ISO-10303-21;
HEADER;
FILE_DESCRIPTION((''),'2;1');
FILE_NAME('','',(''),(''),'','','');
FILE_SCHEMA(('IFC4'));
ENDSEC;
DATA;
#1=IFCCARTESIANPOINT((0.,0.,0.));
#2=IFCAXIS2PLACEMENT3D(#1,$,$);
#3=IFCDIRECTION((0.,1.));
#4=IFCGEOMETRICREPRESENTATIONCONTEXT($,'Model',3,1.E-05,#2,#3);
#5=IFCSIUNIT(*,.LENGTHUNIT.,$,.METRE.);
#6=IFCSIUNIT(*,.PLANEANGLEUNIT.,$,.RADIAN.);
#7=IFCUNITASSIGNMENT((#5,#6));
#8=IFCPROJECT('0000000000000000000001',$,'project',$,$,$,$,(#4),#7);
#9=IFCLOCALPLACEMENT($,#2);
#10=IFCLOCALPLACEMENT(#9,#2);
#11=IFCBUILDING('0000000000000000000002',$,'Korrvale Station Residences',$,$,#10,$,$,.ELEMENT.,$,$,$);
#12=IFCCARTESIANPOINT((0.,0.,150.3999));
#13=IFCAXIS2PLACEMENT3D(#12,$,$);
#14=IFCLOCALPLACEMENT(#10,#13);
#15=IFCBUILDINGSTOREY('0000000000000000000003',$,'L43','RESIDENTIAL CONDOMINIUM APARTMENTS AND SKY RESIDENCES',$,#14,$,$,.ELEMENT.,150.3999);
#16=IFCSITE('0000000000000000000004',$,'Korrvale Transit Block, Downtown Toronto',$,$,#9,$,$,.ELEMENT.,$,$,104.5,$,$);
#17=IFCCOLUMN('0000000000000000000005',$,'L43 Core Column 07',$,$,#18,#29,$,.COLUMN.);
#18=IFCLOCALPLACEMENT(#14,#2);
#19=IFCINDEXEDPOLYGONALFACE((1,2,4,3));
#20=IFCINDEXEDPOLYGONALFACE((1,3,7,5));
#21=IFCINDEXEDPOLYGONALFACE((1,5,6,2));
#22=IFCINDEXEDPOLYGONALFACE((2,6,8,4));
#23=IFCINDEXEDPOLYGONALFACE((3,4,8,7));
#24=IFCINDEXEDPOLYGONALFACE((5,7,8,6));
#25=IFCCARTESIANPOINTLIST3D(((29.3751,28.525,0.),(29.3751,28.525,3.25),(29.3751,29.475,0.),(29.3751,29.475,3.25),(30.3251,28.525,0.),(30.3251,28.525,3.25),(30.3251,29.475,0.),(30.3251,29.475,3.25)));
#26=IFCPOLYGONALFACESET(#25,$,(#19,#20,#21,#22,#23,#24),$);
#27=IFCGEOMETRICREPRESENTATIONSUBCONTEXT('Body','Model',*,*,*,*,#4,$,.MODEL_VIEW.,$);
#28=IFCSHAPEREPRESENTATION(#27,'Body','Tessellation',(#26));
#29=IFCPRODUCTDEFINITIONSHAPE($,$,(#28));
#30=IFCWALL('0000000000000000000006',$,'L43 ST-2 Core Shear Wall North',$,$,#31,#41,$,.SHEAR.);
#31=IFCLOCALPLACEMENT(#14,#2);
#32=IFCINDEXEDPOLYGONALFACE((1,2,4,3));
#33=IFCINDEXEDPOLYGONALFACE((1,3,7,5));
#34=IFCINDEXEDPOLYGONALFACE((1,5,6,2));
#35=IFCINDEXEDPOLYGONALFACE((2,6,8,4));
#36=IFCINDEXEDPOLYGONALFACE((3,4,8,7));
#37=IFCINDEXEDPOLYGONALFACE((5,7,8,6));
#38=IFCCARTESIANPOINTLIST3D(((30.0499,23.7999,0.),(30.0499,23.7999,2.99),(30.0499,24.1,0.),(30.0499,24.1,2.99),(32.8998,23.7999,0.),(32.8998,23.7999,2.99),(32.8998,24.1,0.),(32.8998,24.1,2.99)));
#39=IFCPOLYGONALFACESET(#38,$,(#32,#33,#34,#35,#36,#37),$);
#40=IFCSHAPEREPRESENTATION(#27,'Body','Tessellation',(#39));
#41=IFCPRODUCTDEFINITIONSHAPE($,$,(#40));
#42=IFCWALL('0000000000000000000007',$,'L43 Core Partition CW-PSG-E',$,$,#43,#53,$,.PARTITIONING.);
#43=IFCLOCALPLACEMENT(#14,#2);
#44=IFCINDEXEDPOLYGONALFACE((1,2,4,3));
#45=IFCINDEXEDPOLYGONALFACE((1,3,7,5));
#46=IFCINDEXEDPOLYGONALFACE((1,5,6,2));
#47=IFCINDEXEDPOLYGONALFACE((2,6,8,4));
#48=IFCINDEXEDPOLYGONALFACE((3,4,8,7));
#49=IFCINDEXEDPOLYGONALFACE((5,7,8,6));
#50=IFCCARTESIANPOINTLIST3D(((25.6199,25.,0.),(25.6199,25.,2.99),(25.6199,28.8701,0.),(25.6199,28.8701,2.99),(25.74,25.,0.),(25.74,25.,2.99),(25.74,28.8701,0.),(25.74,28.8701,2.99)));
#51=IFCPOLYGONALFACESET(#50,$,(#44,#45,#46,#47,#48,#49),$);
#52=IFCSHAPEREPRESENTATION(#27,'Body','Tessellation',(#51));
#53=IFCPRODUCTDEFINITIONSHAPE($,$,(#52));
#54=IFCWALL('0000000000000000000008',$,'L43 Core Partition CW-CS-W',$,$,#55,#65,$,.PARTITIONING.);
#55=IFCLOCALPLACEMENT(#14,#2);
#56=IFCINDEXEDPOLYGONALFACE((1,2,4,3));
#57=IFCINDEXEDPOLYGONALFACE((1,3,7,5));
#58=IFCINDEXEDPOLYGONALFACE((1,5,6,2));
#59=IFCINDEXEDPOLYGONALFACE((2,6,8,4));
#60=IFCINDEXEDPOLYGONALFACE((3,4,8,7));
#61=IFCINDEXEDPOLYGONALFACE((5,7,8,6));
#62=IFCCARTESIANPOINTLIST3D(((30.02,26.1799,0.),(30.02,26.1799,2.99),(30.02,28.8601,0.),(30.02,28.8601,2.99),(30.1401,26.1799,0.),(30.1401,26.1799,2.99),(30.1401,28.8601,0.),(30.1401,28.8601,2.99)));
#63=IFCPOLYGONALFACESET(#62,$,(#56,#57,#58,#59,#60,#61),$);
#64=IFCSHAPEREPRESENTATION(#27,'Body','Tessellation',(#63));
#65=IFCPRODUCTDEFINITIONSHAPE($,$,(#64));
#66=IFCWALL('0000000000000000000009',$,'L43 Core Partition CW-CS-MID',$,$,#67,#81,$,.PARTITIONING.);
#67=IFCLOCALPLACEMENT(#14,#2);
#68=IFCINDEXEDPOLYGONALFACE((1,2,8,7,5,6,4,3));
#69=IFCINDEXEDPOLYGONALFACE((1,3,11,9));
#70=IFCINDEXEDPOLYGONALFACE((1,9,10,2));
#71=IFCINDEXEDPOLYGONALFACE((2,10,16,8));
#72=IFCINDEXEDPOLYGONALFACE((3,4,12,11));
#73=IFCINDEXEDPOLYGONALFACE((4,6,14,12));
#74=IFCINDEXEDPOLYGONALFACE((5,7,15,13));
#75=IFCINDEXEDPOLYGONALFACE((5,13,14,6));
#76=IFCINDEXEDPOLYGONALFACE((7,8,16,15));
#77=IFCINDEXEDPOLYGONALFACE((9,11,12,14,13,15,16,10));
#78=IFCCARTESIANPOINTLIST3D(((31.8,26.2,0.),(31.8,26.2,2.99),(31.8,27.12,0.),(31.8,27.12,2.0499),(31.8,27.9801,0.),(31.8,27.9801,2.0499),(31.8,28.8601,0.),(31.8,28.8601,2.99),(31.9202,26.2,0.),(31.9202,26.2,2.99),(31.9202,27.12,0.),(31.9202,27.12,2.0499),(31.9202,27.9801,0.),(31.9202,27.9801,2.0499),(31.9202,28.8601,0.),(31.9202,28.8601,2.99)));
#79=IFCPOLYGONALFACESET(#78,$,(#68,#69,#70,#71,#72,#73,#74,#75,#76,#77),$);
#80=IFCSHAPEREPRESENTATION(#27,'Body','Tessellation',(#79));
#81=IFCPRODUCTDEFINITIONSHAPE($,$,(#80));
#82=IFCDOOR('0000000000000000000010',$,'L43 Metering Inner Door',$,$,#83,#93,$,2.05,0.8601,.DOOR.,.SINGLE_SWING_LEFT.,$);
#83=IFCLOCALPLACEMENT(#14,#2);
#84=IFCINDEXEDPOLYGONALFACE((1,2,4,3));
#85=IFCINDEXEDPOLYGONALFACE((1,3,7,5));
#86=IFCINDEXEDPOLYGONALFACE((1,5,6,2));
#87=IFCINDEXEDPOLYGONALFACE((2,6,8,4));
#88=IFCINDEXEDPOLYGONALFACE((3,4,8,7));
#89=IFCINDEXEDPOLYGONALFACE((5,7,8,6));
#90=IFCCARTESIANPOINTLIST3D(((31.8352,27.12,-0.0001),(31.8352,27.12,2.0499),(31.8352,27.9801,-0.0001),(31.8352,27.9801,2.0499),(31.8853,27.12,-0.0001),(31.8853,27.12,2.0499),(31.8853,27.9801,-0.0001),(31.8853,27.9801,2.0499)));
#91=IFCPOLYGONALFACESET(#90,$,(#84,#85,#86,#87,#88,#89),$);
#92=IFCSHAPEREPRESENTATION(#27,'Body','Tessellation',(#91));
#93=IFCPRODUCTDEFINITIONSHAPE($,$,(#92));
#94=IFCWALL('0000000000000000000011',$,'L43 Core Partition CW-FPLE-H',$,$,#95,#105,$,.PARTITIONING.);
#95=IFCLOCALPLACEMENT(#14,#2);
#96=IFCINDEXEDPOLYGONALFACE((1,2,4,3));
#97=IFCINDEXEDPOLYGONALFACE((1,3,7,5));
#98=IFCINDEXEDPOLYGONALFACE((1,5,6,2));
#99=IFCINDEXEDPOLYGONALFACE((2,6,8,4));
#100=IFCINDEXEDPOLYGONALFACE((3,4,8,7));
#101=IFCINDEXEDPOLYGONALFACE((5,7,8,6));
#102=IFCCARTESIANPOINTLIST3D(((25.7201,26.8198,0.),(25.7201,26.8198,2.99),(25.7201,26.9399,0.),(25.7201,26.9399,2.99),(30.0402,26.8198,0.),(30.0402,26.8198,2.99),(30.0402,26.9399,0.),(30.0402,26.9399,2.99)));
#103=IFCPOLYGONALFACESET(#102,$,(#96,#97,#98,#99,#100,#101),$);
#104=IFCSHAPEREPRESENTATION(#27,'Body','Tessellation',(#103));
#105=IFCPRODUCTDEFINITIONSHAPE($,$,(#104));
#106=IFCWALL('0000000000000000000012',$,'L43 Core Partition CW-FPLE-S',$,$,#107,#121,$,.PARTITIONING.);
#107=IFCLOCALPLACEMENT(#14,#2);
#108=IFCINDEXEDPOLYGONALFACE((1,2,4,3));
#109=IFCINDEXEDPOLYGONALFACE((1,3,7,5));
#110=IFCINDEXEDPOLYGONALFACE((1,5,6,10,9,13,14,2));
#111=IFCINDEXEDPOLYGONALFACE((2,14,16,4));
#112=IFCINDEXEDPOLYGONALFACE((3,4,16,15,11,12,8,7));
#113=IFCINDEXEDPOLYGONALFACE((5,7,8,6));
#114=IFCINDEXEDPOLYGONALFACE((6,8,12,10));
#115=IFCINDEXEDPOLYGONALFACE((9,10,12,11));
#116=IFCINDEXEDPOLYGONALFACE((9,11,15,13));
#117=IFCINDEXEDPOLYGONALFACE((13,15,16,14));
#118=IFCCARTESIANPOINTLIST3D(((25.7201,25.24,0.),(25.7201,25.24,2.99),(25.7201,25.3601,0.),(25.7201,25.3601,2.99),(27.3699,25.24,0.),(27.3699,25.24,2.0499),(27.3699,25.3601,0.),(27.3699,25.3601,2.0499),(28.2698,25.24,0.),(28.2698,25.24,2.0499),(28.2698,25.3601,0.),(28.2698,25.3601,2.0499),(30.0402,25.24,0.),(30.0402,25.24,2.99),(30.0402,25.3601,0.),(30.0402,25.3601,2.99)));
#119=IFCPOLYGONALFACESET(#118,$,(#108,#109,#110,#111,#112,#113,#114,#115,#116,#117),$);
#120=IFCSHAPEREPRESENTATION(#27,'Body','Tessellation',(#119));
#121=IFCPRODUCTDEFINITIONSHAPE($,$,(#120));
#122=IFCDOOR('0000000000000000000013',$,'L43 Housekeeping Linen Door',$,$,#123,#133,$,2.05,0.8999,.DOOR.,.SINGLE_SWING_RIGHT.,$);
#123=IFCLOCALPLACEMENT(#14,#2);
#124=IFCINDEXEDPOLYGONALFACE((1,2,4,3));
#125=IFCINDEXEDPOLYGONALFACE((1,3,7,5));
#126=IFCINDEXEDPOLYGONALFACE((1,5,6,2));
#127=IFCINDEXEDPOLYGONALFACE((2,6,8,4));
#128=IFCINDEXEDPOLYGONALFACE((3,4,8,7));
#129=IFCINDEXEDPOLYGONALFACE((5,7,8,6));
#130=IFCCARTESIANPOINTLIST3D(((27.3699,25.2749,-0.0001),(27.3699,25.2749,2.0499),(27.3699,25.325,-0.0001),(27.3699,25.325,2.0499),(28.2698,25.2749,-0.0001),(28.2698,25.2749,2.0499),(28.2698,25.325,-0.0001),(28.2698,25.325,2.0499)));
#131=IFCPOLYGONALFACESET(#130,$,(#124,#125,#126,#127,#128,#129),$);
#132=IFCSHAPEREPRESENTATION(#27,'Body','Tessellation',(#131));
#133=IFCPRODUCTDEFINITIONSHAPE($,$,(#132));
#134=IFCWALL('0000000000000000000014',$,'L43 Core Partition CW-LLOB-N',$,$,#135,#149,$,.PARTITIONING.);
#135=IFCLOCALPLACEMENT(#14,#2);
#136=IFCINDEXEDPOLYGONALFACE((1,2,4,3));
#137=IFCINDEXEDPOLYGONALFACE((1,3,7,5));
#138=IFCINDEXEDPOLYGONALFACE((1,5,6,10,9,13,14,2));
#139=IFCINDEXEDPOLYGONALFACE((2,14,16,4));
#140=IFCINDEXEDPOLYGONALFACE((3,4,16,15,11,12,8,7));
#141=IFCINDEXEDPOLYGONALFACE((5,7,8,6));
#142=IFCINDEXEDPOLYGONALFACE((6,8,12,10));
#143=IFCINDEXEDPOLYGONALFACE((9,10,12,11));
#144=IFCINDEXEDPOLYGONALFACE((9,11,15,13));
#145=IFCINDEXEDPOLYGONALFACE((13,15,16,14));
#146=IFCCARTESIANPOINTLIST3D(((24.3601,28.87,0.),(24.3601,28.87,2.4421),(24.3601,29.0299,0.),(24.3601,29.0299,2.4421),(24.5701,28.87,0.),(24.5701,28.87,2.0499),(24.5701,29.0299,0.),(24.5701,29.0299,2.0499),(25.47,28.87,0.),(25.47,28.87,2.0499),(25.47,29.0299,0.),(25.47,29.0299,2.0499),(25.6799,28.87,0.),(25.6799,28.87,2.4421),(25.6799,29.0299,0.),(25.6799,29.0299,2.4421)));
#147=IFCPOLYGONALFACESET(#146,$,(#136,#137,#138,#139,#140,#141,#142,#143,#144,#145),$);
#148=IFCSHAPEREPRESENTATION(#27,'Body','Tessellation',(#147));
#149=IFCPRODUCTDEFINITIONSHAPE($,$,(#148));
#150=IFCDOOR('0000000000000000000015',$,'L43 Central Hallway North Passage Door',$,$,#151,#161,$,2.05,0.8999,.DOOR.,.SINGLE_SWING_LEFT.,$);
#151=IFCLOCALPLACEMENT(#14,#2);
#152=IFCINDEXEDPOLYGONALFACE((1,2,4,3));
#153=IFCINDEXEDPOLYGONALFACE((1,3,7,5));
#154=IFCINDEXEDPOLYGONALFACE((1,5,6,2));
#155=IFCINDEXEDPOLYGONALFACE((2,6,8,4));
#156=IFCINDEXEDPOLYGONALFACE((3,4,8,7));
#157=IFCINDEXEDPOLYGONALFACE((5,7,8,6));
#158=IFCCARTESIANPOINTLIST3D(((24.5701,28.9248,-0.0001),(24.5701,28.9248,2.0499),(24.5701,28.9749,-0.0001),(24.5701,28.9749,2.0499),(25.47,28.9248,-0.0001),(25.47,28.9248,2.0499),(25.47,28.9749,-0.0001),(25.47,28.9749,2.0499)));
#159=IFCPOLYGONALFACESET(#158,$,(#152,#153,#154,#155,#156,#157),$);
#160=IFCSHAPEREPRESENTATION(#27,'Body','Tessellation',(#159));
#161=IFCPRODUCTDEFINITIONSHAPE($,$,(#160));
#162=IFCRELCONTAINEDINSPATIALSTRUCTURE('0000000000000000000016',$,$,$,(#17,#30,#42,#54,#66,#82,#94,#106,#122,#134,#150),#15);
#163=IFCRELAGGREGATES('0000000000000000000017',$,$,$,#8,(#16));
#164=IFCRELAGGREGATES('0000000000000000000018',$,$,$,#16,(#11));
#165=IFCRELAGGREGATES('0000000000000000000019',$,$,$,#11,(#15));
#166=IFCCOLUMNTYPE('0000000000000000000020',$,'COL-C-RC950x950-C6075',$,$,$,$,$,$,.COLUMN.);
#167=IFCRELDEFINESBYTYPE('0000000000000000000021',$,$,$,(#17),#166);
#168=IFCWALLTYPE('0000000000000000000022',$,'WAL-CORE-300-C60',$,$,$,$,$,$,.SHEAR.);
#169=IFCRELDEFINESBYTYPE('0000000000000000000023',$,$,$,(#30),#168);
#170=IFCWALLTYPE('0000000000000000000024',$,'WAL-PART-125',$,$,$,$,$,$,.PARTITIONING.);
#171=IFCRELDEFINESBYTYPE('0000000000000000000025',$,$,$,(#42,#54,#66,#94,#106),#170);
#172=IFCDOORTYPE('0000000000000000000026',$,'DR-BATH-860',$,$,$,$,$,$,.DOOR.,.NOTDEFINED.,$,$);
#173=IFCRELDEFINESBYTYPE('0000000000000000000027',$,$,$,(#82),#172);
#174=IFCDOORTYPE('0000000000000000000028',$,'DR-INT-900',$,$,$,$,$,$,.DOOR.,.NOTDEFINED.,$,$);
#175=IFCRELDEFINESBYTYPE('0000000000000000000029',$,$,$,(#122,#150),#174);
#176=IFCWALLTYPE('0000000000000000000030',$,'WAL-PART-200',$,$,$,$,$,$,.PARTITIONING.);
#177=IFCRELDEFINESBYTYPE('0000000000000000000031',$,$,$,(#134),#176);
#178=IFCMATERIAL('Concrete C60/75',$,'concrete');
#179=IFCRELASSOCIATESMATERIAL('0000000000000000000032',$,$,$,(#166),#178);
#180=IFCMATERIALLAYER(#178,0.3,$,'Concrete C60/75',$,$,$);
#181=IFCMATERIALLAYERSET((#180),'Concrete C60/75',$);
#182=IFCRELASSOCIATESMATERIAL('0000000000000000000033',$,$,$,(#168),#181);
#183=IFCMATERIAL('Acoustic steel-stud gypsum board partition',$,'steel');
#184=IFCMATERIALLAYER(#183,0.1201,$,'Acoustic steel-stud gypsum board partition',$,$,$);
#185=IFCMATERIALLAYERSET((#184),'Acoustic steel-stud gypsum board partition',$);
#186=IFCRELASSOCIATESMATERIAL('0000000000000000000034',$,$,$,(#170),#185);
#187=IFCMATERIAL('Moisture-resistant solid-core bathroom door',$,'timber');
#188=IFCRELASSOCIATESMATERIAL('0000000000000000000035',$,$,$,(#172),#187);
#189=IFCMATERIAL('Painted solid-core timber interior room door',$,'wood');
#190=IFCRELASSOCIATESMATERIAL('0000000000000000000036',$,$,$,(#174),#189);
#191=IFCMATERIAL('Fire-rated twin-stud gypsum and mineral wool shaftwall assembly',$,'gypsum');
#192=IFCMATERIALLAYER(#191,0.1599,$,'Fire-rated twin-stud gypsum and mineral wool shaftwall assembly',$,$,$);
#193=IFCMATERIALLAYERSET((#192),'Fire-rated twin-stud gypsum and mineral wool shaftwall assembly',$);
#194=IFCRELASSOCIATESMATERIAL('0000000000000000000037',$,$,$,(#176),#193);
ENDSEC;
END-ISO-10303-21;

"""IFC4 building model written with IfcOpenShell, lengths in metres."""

from ifc_helpers import new_model, si_unit, direction, frame, frame_2d, origin, origin_2d, place, context, subcontext, project, spatial, rectangle, extrude, material, layer, layer_set, material_profile, profile_set, type_object, element, fill, save


model = new_model("IFC4")

# Units and contexts
model_context = context("Model", 3, precision=1e-05, world=origin(), true_north=direction((0.0, 1.0)))
body_context = subcontext(model_context, "Body", "Model", "MODEL_VIEW")
ifc_project = project(units=[si_unit("LENGTHUNIT", "METRE"), si_unit("PLANEANGLEUNIT", "RADIAN")], contexts=[model_context])

# Site, building, storey
site_placement = place(None, origin())
site = spatial("IfcSite", under=ifc_project, at=site_placement, Name="Korrvale Transit Block, Downtown Toronto", CompositionType="ELEMENT", RefElevation=104.5)
building_placement = place(site_placement, origin())
building = spatial("IfcBuilding", under=site, at=building_placement, Name="Korrvale Station Residences", CompositionType="ELEMENT")
storey_placement = place(building_placement, frame((0.0, 0.0, 150.3999)))
storey = spatial("IfcBuildingStorey", under=building, at=storey_placement, Name="L43", Description="RESIDENTIAL CONDOMINIUM APARTMENTS AND SKY RESIDENCES", CompositionType="ELEMENT", Elevation=150.3999)

# Column
ifc_material_1 = material(Name="Concrete C60/75", Category="concrete")
ifc_material_profile = material_profile(ifc_material_1, rectangle(XDim=0.95, YDim=0.95, at=origin_2d()), Name="RC950x950")
ifc_profile_set = profile_set([ifc_material_profile], Name="Concrete C60/75")
column_type = type_object("IfcColumnType", Name="COL-C-RC950x950-C6075", PredefinedType="COLUMN", material=ifc_profile_set)
column_placement = place(storey_placement, frame((29.8501, 29.0, 0.0), z_axis=(0.0, 0.0, 1.0), x_axis=(1.0, 0.0, 0.0)))
element("IfcColumn", 1, at=column_placement, inside=storey, type_object=column_type, Name="L43 Core Column 07", PredefinedType="COLUMN", context=body_context, shape_type="SweptSolid", body=[
    extrude(rectangle(XDim=0.95, YDim=0.95, at=origin_2d()), origin(), (0.0, 0.0, 1.0), 3.25),
])

# Walls
ifc_layer_1 = layer(ifc_material_1, 0.3, Name="Concrete C60/75")
ifc_layer_set_1 = layer_set([ifc_layer_1], Name="Concrete C60/75")
wall_type_1 = type_object("IfcWallType", Name="WAL-CORE-300-C60", PredefinedType="SHEAR", material=ifc_layer_set_1)
wall_1_placement = place(storey_placement, frame((30.05, 23.95, 0.0), z_axis=(0.0, 0.0, 1.0), x_axis=(1.0, 0.0, 0.0)))
element("IfcWall", 2, at=wall_1_placement, inside=storey, type_object=wall_type_1, Name="L43 ST-2 Core Shear Wall North", PredefinedType="SHEAR", context=body_context, shape_type="SweptSolid", body=[
    extrude(rectangle(XDim=2.8499, YDim=0.3, at=frame_2d((1.4248, 0.0))), origin(), (0.0, 0.0, 1.0), 2.99),
])
ifc_material_2 = material(Name="Acoustic steel-stud gypsum board partition", Category="steel")
ifc_layer_2 = layer(ifc_material_2, 0.1201, Name="Acoustic steel-stud gypsum board partition")
ifc_layer_set_2 = layer_set([ifc_layer_2], Name="Acoustic steel-stud gypsum board partition")
wall_type_2 = type_object("IfcWallType", Name="WAL-PART-125", PredefinedType="PARTITIONING", material=ifc_layer_set_2)
wall_2_placement = place(storey_placement, frame((25.6799, 25.0, 0.0), z_axis=(0.0, 0.0, 1.0), x_axis=(0.0, 1.0, 0.0)))
element("IfcWall", 3, at=wall_2_placement, inside=storey, type_object=wall_type_2, Name="L43 Core Partition CW-PSG-E", PredefinedType="PARTITIONING", context=body_context, shape_type="SweptSolid", body=[
    extrude(rectangle(XDim=3.8701, YDim=0.1201, at=frame_2d((1.9351, 0.0))), origin(), (0.0, 0.0, 1.0), 2.99),
])
wall_3_placement = place(storey_placement, frame((30.0801, 26.1799, 0.0), z_axis=(0.0, 0.0, 1.0), x_axis=(0.0, 1.0, 0.0)))
element("IfcWall", 4, at=wall_3_placement, inside=storey, type_object=wall_type_2, Name="L43 Core Partition CW-CS-W", PredefinedType="PARTITIONING", context=body_context, shape_type="SweptSolid", body=[
    extrude(rectangle(XDim=2.6802, YDim=0.1201, at=frame_2d((1.3401, 0.0))), origin(), (0.0, 0.0, 1.0), 2.99),
])

# Wall, opening, door
wall_4_placement = place(storey_placement, frame((31.8601, 26.2, 0.0), z_axis=(0.0, 0.0, 1.0), x_axis=(0.0, 1.0, 0.0)))
wall_4 = element("IfcWall", 5, at=wall_4_placement, inside=storey, type_object=wall_type_2, Name="L43 Core Partition CW-CS-MID", PredefinedType="PARTITIONING", context=body_context, shape_type="SweptSolid", body=[
    extrude(rectangle(XDim=2.6602, YDim=0.1201, at=frame_2d((1.3301, 0.0))), origin(), (0.0, 0.0, 1.0), 2.99),
])
opening_1_placement = place(wall_4_placement, frame((0.9199, 0.0, 0.0)))
opening_1 = element("IfcOpeningElement", 6, at=opening_1_placement, cuts=wall_4, PredefinedType="OPENING", context=body_context, shape_type="SweptSolid", body=[
    extrude(rectangle(XDim=0.8601, YDim=2.05, at=frame_2d((0.4302, 1.0249))), frame((0.0, 0.0701, 0.0), z_axis=(0.0, -1.0, 0.0), x_axis=(1.0, 0.0, 0.0)), (0.0, 0.0, 1.0), 0.1401),
])
ifc_material_3 = material(Name="Moisture-resistant solid-core bathroom door", Category="timber")
door_type_1 = type_object("IfcDoorType", Name="DR-BATH-860", OperationType="NOTDEFINED", PredefinedType="DOOR", material=ifc_material_3)
door_1_placement = place(opening_1_placement, origin())
door_1 = element("IfcDoor", 7, at=door_1_placement, inside=storey, type_object=door_type_1, Name="L43 Metering Inner Door", OperationType="SINGLE_SWING_LEFT", OverallHeight=2.05, OverallWidth=0.8601, PredefinedType="DOOR", context=body_context, shape_type="SweptSolid", body=[
    extrude(rectangle(XDim=0.8601, YDim=2.05, at=frame_2d((0.4302, 1.0249))), frame((0.0, 0.0249, 0.0), z_axis=(0.0, -1.0, 0.0), x_axis=(1.0, 0.0, 0.0)), (0.0, 0.0, 1.0), 0.05),
])
fill(opening_1, door_1)

# Wall
wall_5_placement = place(storey_placement, frame((25.72, 26.8799, 0.0), z_axis=(0.0, 0.0, 1.0), x_axis=(1.0, 0.0, 0.0)))
element("IfcWall", 8, at=wall_5_placement, inside=storey, type_object=wall_type_2, Name="L43 Core Partition CW-FPLE-H", PredefinedType="PARTITIONING", context=body_context, shape_type="SweptSolid", body=[
    extrude(rectangle(XDim=4.3201, YDim=0.1201, at=frame_2d((2.1602, 0.0))), origin(), (0.0, 0.0, 1.0), 2.99),
])

# Walls, openings, doors
wall_6_placement = place(storey_placement, frame((25.72, 25.3, 0.0), z_axis=(0.0, 0.0, 1.0), x_axis=(1.0, 0.0, 0.0)))
wall_6 = element("IfcWall", 9, at=wall_6_placement, inside=storey, type_object=wall_type_2, Name="L43 Core Partition CW-FPLE-S", PredefinedType="PARTITIONING", context=body_context, shape_type="SweptSolid", body=[
    extrude(rectangle(XDim=4.3201, YDim=0.1201, at=frame_2d((2.1602, 0.0))), origin(), (0.0, 0.0, 1.0), 2.99),
])
opening_2_placement = place(wall_6_placement, frame((1.6499, 0.0, 0.0)))
opening_2 = element("IfcOpeningElement", 10, at=opening_2_placement, cuts=wall_6, PredefinedType="OPENING", context=body_context, shape_type="SweptSolid", body=[
    extrude(rectangle(XDim=0.8999, YDim=2.05, at=frame_2d((0.45, 1.0249))), frame((0.0, 0.0701, 0.0), z_axis=(0.0, -1.0, 0.0), x_axis=(1.0, 0.0, 0.0)), (0.0, 0.0, 1.0), 0.1401),
])
ifc_material_4 = material(Name="Painted solid-core timber interior room door", Category="wood")
door_type_2 = type_object("IfcDoorType", Name="DR-INT-900", OperationType="NOTDEFINED", PredefinedType="DOOR", material=ifc_material_4)
door_2_placement = place(opening_2_placement, origin())
door_2 = element("IfcDoor", 11, at=door_2_placement, inside=storey, type_object=door_type_2, Name="L43 Housekeeping Linen Door", OperationType="SINGLE_SWING_RIGHT", OverallHeight=2.05, OverallWidth=0.8999, PredefinedType="DOOR", context=body_context, shape_type="SweptSolid", body=[
    extrude(rectangle(XDim=0.8999, YDim=2.05, at=frame_2d((0.45, 1.0249))), frame((0.0, 0.0249, 0.0), z_axis=(0.0, -1.0, 0.0), x_axis=(1.0, 0.0, 0.0)), (0.0, 0.0, 1.0), 0.05),
])
fill(opening_2, door_2)
ifc_material_5 = material(Name="Fire-rated twin-stud gypsum and mineral wool shaftwall assembly", Category="gypsum")
ifc_layer_3 = layer(ifc_material_5, 0.1599, Name="Fire-rated twin-stud gypsum and mineral wool shaftwall assembly")
ifc_layer_set_3 = layer_set([ifc_layer_3], Name="Fire-rated twin-stud gypsum and mineral wool shaftwall assembly")
wall_type_3 = type_object("IfcWallType", Name="WAL-PART-200", PredefinedType="PARTITIONING", material=ifc_layer_set_3)
wall_7_placement = place(storey_placement, frame((24.3601, 28.95, 0.0), z_axis=(0.0, 0.0, 1.0), x_axis=(1.0, 0.0, 0.0)))
wall_7 = element("IfcWall", 12, at=wall_7_placement, inside=storey, type_object=wall_type_3, Name="L43 Core Partition CW-LLOB-N", PredefinedType="PARTITIONING", context=body_context, shape_type="SweptSolid", body=[
    extrude(rectangle(XDim=1.3198, YDim=0.1599, at=frame_2d((0.6599, 0.0))), origin(), (0.0, 0.0, 1.0), 2.4421),
])
opening_3_placement = place(wall_7_placement, frame((0.21, 0.0, 0.0)))
opening_3 = element("IfcOpeningElement", 13, at=opening_3_placement, cuts=wall_7, PredefinedType="OPENING", context=body_context, shape_type="SweptSolid", body=[
    extrude(rectangle(XDim=0.8999, YDim=2.05, at=frame_2d((0.45, 1.0249))), frame((0.0, 0.0898, 0.0), z_axis=(0.0, -1.0, 0.0), x_axis=(1.0, 0.0, 0.0)), (0.0, 0.0, 1.0), 0.1799),
])
door_3_placement = place(opening_3_placement, origin())
door_3 = element("IfcDoor", 14, at=door_3_placement, inside=storey, type_object=door_type_2, Name="L43 Central Hallway North Passage Door", OperationType="SINGLE_SWING_LEFT", OverallHeight=2.05, OverallWidth=0.8999, PredefinedType="DOOR", context=body_context, shape_type="SweptSolid", body=[
    extrude(rectangle(XDim=0.8999, YDim=2.05, at=frame_2d((0.45, 1.0249))), frame((0.0, 0.0249, 0.0), z_axis=(0.0, -1.0, 0.0), x_axis=(1.0, 0.0, 0.0)), (0.0, 0.0, 1.0), 0.05),
])
fill(opening_3, door_3)

save(model, "model.ifc")
